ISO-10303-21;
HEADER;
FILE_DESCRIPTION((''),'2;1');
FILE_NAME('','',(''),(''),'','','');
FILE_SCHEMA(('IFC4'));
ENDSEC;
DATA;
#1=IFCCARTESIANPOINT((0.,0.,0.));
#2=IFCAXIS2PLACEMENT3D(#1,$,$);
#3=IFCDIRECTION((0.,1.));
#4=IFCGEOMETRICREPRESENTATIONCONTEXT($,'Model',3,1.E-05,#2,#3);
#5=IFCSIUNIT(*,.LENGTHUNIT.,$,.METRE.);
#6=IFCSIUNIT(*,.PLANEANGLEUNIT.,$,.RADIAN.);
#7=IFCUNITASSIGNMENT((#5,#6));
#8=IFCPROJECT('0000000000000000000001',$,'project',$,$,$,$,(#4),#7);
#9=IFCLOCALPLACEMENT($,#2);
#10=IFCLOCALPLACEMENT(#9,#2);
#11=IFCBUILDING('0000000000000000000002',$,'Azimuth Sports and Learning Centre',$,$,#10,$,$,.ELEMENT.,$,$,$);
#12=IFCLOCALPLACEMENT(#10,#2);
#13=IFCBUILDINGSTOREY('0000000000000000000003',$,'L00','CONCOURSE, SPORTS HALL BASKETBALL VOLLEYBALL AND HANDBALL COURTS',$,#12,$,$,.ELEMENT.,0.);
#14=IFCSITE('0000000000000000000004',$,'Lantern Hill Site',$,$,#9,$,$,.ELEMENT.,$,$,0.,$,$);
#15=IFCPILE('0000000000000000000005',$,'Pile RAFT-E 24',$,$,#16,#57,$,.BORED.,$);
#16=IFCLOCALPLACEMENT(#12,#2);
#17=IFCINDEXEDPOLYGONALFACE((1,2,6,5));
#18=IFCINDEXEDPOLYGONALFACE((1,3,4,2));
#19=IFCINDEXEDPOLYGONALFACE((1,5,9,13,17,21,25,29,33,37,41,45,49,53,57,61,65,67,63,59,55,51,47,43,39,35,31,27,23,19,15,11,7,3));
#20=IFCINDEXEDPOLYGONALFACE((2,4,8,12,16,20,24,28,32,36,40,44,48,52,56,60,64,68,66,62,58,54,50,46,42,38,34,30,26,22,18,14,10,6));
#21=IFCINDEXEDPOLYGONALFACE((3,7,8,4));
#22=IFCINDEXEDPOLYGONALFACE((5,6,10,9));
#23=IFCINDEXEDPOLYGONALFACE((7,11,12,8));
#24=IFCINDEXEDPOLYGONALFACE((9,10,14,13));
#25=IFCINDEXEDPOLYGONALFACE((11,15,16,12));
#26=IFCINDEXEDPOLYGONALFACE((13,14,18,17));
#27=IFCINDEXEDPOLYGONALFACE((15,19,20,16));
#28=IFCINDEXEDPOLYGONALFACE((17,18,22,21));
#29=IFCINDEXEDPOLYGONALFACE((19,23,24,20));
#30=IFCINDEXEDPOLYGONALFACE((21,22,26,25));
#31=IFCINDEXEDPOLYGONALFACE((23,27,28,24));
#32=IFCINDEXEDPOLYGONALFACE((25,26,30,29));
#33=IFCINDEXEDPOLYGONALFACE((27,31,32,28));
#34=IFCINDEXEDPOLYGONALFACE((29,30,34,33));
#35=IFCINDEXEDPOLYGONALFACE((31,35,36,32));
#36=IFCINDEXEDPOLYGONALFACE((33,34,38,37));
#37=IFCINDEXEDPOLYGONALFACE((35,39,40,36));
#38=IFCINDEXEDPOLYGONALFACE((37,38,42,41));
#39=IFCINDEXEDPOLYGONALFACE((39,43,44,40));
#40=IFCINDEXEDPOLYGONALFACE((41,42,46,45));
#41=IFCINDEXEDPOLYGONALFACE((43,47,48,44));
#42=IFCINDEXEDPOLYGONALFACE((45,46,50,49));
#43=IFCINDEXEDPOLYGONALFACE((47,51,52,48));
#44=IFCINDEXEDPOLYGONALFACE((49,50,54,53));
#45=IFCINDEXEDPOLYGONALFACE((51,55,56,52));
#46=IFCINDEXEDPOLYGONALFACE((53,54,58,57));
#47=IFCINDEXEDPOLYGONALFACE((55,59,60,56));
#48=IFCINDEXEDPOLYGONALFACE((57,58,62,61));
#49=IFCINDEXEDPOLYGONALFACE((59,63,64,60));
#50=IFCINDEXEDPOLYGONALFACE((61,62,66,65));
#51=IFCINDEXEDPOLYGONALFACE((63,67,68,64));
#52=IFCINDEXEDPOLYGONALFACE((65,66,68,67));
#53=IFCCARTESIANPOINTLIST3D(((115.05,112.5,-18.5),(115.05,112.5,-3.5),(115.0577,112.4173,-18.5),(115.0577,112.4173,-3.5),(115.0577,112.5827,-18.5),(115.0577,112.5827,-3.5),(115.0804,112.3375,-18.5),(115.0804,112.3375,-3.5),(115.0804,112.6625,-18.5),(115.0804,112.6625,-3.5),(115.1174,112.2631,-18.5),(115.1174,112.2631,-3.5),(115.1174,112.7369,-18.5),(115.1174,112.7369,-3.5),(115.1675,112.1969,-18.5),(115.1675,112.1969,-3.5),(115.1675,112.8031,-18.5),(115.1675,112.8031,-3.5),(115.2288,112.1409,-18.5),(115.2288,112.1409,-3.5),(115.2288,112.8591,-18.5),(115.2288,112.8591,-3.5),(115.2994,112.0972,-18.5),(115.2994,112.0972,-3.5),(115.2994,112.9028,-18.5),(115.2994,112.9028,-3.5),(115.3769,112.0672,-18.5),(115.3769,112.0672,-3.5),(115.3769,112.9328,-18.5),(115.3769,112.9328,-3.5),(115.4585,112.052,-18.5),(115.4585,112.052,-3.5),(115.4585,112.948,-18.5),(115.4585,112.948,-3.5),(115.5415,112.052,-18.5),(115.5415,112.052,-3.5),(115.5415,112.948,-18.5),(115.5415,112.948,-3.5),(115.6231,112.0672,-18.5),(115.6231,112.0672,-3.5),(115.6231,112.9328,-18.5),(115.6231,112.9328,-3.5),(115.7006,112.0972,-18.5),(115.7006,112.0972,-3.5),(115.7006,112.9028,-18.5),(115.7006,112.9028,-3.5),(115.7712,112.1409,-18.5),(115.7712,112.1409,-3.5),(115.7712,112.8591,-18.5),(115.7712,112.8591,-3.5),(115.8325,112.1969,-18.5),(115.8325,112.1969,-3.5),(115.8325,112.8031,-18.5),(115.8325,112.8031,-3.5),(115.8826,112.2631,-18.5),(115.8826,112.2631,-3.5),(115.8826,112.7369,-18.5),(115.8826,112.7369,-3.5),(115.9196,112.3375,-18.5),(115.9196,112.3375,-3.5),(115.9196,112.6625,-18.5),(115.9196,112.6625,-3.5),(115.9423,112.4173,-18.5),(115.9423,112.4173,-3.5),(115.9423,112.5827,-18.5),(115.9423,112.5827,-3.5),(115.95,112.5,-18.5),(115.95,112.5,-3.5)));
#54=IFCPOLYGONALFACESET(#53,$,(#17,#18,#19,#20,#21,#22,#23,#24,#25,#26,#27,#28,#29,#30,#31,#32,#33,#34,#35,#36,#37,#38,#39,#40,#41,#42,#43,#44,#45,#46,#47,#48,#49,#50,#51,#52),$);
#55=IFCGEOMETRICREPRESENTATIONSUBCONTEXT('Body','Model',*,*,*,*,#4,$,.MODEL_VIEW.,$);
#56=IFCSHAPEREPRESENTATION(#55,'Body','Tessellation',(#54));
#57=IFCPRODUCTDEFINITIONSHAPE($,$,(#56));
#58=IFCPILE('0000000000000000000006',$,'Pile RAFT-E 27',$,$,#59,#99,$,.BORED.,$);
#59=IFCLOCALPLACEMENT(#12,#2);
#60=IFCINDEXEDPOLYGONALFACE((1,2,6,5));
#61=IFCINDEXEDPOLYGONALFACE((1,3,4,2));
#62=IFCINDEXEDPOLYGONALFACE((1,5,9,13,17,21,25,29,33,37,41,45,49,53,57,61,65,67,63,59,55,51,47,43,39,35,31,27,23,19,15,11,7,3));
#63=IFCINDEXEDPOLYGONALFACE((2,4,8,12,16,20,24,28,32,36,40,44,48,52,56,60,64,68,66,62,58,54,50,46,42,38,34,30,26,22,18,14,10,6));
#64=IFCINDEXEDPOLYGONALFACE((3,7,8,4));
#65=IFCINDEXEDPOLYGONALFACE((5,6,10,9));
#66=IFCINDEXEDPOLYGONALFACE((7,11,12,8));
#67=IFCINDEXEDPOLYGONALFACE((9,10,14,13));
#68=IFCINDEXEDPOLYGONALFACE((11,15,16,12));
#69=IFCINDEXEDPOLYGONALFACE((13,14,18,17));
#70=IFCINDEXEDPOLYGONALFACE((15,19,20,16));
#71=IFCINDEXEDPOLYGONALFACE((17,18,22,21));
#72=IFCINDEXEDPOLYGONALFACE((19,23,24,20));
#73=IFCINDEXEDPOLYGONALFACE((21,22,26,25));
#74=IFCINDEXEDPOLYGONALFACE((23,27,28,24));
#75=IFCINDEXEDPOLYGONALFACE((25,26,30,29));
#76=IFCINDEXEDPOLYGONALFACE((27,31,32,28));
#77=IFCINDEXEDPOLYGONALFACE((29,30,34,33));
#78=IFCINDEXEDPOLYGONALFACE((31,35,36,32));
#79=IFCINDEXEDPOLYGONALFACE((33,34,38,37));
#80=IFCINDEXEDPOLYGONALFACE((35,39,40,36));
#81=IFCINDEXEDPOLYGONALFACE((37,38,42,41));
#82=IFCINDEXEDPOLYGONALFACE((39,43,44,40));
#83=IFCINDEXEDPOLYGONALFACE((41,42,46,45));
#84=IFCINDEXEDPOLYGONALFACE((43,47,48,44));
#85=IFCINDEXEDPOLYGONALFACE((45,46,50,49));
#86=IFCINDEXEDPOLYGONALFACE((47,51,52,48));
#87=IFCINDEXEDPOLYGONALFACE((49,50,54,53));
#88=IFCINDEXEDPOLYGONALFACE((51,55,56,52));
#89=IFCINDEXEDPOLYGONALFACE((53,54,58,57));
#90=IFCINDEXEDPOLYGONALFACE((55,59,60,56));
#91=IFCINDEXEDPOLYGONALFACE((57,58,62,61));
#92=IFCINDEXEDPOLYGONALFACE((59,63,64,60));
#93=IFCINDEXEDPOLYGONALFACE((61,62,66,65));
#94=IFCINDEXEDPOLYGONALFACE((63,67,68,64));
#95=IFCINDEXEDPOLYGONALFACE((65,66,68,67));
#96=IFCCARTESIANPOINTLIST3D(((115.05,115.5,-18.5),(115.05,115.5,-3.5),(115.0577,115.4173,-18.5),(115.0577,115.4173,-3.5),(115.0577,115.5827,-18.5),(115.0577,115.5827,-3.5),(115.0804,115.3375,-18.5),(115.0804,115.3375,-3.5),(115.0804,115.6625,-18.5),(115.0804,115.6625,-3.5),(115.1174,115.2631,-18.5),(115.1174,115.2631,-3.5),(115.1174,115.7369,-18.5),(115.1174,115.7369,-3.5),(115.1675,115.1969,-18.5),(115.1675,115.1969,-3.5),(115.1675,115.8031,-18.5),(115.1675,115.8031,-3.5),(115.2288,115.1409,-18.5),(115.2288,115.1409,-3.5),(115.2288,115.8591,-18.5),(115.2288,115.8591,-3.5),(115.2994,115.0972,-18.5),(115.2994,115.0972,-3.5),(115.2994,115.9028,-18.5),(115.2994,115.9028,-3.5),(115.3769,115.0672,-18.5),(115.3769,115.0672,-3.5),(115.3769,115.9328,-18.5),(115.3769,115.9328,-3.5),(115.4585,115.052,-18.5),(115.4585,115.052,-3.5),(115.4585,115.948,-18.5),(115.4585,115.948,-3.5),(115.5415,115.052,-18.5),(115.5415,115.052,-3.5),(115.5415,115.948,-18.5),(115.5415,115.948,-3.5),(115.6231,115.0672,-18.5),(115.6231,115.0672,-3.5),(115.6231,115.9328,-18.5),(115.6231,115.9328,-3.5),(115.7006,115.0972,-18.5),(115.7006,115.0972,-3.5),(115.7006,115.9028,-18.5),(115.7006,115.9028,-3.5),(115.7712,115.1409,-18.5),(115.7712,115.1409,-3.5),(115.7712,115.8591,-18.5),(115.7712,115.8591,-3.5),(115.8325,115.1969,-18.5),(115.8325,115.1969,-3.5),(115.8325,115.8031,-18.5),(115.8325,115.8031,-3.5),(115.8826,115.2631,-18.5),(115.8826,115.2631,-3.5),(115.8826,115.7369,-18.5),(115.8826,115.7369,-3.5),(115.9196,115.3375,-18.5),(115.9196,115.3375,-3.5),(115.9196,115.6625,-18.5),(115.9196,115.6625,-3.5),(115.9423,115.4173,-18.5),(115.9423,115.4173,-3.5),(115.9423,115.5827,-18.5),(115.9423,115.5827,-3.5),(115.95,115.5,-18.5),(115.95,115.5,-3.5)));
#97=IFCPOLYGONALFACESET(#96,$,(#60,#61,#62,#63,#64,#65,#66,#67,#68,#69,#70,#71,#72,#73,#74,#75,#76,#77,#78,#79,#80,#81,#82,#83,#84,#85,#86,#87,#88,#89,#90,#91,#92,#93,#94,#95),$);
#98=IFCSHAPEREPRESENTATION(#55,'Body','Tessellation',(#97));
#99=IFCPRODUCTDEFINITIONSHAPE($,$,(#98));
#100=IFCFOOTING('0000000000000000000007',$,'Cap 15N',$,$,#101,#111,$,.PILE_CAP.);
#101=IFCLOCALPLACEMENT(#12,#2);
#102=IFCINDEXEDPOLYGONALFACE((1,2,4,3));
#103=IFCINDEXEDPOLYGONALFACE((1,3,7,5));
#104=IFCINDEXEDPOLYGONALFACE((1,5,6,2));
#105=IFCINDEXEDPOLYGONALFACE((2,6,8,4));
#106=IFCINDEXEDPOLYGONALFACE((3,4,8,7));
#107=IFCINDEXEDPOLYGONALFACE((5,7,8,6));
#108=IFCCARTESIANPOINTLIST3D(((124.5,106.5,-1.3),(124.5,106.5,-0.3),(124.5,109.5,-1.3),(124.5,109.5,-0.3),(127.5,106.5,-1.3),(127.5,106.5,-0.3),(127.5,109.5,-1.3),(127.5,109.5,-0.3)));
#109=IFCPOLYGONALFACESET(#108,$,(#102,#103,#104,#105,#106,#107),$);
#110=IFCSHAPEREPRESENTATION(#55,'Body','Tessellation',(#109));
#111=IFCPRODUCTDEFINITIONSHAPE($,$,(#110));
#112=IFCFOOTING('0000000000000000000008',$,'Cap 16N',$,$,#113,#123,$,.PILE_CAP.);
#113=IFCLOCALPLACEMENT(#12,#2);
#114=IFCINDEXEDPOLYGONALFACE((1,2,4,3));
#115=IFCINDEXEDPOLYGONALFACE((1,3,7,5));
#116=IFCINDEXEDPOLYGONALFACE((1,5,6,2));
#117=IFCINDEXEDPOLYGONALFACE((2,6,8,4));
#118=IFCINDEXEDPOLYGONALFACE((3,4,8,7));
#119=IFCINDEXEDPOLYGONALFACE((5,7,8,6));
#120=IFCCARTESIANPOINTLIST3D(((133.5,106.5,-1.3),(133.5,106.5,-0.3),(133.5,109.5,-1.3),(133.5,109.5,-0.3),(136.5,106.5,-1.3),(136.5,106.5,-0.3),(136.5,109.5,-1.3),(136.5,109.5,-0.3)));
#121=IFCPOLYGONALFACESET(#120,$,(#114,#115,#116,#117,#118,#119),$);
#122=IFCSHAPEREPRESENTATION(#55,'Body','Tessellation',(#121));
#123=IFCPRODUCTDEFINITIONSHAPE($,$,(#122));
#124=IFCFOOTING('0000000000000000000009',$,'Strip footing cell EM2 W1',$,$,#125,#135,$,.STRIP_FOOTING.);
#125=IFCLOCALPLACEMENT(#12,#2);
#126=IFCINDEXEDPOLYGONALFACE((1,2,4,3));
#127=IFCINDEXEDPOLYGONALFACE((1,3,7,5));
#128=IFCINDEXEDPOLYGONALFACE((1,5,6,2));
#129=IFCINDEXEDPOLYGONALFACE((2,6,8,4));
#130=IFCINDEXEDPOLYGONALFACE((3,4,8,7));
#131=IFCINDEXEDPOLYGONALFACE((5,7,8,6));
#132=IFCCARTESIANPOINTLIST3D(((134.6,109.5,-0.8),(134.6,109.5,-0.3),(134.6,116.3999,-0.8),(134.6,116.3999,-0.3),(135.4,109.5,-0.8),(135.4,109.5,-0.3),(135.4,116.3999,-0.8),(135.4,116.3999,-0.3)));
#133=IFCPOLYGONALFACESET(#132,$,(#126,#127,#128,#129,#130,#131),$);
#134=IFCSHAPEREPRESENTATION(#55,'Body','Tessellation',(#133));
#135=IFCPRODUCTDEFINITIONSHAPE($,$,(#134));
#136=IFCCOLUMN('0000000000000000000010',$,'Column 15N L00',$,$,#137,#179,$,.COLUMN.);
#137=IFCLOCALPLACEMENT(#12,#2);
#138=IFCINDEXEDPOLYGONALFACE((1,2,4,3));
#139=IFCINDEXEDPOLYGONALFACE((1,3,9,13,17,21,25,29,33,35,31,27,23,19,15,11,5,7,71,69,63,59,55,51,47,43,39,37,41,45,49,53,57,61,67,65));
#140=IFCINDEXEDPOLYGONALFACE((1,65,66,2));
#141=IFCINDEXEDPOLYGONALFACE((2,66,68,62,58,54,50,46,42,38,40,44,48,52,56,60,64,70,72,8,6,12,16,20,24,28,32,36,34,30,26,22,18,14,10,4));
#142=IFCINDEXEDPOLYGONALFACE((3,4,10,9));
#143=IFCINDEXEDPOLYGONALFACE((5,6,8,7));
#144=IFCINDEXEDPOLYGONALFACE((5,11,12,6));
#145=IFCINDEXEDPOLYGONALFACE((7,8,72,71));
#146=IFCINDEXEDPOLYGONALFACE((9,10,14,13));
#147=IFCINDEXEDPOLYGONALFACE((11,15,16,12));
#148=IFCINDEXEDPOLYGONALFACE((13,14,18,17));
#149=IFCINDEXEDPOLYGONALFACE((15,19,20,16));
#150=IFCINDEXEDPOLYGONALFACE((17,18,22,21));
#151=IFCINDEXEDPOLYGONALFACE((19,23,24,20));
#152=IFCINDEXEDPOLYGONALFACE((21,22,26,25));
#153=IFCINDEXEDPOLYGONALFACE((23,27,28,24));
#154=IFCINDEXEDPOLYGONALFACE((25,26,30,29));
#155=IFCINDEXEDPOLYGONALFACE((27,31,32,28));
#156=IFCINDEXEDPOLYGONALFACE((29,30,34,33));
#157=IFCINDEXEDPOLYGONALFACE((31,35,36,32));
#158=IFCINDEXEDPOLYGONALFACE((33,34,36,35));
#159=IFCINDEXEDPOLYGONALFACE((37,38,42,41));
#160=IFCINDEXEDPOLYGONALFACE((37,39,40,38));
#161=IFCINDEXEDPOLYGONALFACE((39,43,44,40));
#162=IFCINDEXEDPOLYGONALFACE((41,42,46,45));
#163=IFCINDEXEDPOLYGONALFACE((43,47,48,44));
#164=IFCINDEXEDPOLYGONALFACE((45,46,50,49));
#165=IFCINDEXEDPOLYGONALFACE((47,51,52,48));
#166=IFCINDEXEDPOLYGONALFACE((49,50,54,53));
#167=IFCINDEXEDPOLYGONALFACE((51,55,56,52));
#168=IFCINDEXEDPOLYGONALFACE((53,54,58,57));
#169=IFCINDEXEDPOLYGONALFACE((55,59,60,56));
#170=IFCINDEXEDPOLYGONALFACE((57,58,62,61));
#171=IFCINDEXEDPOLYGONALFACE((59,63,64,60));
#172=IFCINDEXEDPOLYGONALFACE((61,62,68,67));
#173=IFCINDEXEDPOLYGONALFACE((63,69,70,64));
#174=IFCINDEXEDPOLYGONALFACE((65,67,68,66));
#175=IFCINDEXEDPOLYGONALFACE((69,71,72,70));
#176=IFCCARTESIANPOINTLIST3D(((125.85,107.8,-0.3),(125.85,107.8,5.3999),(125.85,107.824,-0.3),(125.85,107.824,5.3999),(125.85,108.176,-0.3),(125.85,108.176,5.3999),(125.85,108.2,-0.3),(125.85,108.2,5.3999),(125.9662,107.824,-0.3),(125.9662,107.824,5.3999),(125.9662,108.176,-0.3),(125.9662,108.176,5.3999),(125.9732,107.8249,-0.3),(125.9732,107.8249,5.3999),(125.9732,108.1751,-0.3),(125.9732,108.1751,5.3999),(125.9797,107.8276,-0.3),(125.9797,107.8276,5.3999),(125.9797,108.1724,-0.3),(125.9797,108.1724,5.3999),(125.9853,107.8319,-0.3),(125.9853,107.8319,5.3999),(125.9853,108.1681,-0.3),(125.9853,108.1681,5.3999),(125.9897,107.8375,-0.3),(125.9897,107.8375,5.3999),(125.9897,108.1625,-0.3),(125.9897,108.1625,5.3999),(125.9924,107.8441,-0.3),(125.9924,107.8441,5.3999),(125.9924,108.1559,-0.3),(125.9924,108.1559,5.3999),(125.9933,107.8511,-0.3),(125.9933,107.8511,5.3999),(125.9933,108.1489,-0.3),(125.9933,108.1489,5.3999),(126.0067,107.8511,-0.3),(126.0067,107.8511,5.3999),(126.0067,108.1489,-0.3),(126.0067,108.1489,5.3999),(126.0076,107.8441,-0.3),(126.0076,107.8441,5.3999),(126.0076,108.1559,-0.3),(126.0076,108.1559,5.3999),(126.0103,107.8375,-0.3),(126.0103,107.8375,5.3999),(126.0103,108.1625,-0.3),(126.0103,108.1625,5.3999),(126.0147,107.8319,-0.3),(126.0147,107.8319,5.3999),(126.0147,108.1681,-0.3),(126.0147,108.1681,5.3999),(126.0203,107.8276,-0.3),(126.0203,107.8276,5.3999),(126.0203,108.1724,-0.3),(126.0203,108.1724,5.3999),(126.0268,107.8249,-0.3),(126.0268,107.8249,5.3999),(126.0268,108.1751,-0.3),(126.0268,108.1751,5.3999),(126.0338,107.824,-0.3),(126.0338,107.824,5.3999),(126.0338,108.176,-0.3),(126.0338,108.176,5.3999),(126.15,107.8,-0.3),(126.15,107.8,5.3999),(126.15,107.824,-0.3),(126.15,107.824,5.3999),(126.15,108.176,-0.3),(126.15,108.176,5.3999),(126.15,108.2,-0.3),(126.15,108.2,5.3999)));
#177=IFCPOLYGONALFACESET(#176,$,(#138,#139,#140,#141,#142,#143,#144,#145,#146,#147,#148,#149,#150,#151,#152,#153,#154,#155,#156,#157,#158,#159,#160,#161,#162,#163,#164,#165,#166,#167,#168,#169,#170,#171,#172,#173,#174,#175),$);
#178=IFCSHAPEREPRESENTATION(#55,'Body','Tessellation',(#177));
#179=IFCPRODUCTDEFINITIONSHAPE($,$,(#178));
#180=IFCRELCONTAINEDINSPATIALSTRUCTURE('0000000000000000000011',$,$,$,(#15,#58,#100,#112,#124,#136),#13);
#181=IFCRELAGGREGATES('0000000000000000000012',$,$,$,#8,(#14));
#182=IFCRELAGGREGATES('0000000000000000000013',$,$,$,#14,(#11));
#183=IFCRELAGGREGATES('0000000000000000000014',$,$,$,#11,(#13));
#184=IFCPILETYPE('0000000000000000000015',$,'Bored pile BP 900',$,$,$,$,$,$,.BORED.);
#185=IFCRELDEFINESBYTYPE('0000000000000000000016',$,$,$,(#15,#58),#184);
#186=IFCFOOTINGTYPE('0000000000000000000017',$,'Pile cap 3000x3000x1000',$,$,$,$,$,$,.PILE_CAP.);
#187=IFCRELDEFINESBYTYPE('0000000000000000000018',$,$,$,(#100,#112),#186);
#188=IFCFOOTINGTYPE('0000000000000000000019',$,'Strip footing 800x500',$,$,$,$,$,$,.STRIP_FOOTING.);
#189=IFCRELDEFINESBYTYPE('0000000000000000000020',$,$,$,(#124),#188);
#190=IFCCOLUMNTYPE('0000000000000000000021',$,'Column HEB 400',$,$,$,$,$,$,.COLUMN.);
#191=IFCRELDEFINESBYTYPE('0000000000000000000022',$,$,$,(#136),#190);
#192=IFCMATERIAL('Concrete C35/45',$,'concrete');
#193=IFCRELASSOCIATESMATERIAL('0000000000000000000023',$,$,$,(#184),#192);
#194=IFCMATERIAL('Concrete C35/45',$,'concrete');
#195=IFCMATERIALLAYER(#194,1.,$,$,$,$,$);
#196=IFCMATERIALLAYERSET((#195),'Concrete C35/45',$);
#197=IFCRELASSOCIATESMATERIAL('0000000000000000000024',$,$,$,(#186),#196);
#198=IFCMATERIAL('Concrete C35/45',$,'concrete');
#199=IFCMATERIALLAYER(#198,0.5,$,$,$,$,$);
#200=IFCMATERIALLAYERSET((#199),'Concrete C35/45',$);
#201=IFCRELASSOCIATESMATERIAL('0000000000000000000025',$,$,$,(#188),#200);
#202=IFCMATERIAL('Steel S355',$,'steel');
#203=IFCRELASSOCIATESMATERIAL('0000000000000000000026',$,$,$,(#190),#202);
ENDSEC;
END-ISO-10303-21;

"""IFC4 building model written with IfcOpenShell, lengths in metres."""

from ifc_helpers import new_model, si_unit, direction, frame, origin, origin_2d, place, context, subcontext, project, spatial, rectangle, circle, i_section, extrude, material, layer, layer_set, material_profile, profile_set, type_object, element, save


model = new_model("IFC4")

# Units and contexts
model_context = context("Model", 3, precision=1e-05, world=origin(), true_north=direction((0.0, 1.0)))
body_context = subcontext(model_context, "Body", "Model", "MODEL_VIEW")
ifc_project = project(units=[si_unit("LENGTHUNIT", "METRE"), si_unit("PLANEANGLEUNIT", "RADIAN")], contexts=[model_context])

# Site, building, storey
site_placement = place(None, origin())
site = spatial("IfcSite", under=ifc_project, at=site_placement, Name="Lantern Hill Site", CompositionType="ELEMENT", RefElevation=0.0)
building_placement = place(site_placement, origin())
building = spatial("IfcBuilding", under=site, at=building_placement, Name="Azimuth Sports and Learning Centre", CompositionType="ELEMENT")
storey_placement = place(building_placement, origin())
storey = spatial("IfcBuildingStorey", under=building, at=storey_placement, Name="L00", Description="CONCOURSE, SPORTS HALL BASKETBALL VOLLEYBALL AND HANDBALL COURTS", CompositionType="ELEMENT", Elevation=0.0)

# Piles
ifc_material_1 = material(Name="Concrete C35/45", Category="concrete")
ifc_material_profile_1 = material_profile(ifc_material_1, circle(Radius=0.45, at=origin_2d()), Name="BP 900")
ifc_profile_set_1 = profile_set([ifc_material_profile_1], Name="Concrete C35/45")
pile_type_1 = type_object("IfcPileType", Name="Bored pile BP 900", PredefinedType="BORED", material=ifc_profile_set_1)
for number, where, z_axis, x_axis, name in (
    (1, (115.5, 112.5, -3.5), (0.0, 0.0, -1.0), (1.0, 0.0, 0.0), "Pile RAFT-E 24"),
    (2, (115.5, 115.5, -3.5), (0.0, 0.0, -1.0), (1.0, 0.0, 0.0), "Pile RAFT-E 27"),
):
    element("IfcPile", number, at=place(storey_placement, frame(where, z_axis=z_axis, x_axis=x_axis)), inside=storey, type_object=pile_type_1, Name=name, PredefinedType="BORED", context=body_context, shape_type="SweptSolid", body=[
        extrude(circle(Radius=0.45, at=origin_2d()), origin(), (0.0, 0.0, 1.0), 15.0),
    ])

# Footings
ifc_material_2 = material(Name="Concrete C35/45", Category="concrete")
ifc_layer_1 = layer(ifc_material_2, 1.0)
ifc_layer_set_1 = layer_set([ifc_layer_1], Name="Concrete C35/45")
footing_type_1 = type_object("IfcFootingType", Name="Pile cap 3000x3000x1000", PredefinedType="PILE_CAP", material=ifc_layer_set_1)
for number, where, z_axis, x_axis, name in (
    (3, (126.0, 108.0, -1.3), (0.0, 0.0, 1.0), (1.0, 0.0, 0.0), "Cap 15N"),
    (4, (135.0, 108.0, -1.3), (0.0, 0.0, 1.0), (1.0, 0.0, 0.0), "Cap 16N"),
):
    element("IfcFooting", number, at=place(storey_placement, frame(where, z_axis=z_axis, x_axis=x_axis)), inside=storey, type_object=footing_type_1, Name=name, PredefinedType="PILE_CAP", context=body_context, shape_type="SweptSolid", body=[
        extrude(rectangle(XDim=3.0, YDim=3.0, at=origin_2d()), origin(), (0.0, 0.0, 1.0), 1.0),
    ])
ifc_material_3 = material(Name="Concrete C35/45", Category="concrete")
ifc_layer_2 = layer(ifc_material_3, 0.5)
ifc_layer_set_2 = layer_set([ifc_layer_2], Name="Concrete C35/45")
footing_type_2 = type_object("IfcFootingType", Name="Strip footing 800x500", PredefinedType="STRIP_FOOTING", material=ifc_layer_set_2)
footing_placement = place(storey_placement, frame((135.0, 112.95, -0.8), z_axis=(0.0, 0.0, 1.0), x_axis=(1.0, 0.0, 0.0)))
element("IfcFooting", 5, at=footing_placement, inside=storey, type_object=footing_type_2, Name="Strip footing cell EM2 W1", PredefinedType="STRIP_FOOTING", context=body_context, shape_type="SweptSolid", body=[
    extrude(rectangle(XDim=0.8, YDim=6.8999, at=origin_2d()), origin(), (0.0, 0.0, 1.0), 0.5),
])

# Column
ifc_material_4 = material(Name="Steel S355", Category="steel")
ifc_material_profile_2 = material_profile(ifc_material_4, i_section(OverallWidth=0.3, OverallDepth=0.3999, WebThickness=0.0134, FlangeThickness=0.0239, FilletRadius=0.0271, at=origin_2d()), Name="HEB 400")
ifc_profile_set_2 = profile_set([ifc_material_profile_2], Name="Steel S355")
column_type = type_object("IfcColumnType", Name="Column HEB 400", PredefinedType="COLUMN", material=ifc_profile_set_2)
for number, where, z_axis, x_axis, name in (
    (6, (126.0, 108.0, -0.3), (0.0, 0.0, 1.0), (1.0, 0.0, 0.0), "Column 15N L00"),
):
    element("IfcColumn", number, at=place(storey_placement, frame(where, z_axis=z_axis, x_axis=x_axis)), inside=storey, type_object=column_type, Name=name, PredefinedType="COLUMN", context=body_context, shape_type="SweptSolid", body=[
        extrude(i_section(OverallWidth=0.3, OverallDepth=0.3999, WebThickness=0.0134, FlangeThickness=0.0239, FilletRadius=0.0271, at=origin_2d()), origin(), (0.0, 0.0, 1.0), 5.7),
    ])

save(model, "model.ifc")
